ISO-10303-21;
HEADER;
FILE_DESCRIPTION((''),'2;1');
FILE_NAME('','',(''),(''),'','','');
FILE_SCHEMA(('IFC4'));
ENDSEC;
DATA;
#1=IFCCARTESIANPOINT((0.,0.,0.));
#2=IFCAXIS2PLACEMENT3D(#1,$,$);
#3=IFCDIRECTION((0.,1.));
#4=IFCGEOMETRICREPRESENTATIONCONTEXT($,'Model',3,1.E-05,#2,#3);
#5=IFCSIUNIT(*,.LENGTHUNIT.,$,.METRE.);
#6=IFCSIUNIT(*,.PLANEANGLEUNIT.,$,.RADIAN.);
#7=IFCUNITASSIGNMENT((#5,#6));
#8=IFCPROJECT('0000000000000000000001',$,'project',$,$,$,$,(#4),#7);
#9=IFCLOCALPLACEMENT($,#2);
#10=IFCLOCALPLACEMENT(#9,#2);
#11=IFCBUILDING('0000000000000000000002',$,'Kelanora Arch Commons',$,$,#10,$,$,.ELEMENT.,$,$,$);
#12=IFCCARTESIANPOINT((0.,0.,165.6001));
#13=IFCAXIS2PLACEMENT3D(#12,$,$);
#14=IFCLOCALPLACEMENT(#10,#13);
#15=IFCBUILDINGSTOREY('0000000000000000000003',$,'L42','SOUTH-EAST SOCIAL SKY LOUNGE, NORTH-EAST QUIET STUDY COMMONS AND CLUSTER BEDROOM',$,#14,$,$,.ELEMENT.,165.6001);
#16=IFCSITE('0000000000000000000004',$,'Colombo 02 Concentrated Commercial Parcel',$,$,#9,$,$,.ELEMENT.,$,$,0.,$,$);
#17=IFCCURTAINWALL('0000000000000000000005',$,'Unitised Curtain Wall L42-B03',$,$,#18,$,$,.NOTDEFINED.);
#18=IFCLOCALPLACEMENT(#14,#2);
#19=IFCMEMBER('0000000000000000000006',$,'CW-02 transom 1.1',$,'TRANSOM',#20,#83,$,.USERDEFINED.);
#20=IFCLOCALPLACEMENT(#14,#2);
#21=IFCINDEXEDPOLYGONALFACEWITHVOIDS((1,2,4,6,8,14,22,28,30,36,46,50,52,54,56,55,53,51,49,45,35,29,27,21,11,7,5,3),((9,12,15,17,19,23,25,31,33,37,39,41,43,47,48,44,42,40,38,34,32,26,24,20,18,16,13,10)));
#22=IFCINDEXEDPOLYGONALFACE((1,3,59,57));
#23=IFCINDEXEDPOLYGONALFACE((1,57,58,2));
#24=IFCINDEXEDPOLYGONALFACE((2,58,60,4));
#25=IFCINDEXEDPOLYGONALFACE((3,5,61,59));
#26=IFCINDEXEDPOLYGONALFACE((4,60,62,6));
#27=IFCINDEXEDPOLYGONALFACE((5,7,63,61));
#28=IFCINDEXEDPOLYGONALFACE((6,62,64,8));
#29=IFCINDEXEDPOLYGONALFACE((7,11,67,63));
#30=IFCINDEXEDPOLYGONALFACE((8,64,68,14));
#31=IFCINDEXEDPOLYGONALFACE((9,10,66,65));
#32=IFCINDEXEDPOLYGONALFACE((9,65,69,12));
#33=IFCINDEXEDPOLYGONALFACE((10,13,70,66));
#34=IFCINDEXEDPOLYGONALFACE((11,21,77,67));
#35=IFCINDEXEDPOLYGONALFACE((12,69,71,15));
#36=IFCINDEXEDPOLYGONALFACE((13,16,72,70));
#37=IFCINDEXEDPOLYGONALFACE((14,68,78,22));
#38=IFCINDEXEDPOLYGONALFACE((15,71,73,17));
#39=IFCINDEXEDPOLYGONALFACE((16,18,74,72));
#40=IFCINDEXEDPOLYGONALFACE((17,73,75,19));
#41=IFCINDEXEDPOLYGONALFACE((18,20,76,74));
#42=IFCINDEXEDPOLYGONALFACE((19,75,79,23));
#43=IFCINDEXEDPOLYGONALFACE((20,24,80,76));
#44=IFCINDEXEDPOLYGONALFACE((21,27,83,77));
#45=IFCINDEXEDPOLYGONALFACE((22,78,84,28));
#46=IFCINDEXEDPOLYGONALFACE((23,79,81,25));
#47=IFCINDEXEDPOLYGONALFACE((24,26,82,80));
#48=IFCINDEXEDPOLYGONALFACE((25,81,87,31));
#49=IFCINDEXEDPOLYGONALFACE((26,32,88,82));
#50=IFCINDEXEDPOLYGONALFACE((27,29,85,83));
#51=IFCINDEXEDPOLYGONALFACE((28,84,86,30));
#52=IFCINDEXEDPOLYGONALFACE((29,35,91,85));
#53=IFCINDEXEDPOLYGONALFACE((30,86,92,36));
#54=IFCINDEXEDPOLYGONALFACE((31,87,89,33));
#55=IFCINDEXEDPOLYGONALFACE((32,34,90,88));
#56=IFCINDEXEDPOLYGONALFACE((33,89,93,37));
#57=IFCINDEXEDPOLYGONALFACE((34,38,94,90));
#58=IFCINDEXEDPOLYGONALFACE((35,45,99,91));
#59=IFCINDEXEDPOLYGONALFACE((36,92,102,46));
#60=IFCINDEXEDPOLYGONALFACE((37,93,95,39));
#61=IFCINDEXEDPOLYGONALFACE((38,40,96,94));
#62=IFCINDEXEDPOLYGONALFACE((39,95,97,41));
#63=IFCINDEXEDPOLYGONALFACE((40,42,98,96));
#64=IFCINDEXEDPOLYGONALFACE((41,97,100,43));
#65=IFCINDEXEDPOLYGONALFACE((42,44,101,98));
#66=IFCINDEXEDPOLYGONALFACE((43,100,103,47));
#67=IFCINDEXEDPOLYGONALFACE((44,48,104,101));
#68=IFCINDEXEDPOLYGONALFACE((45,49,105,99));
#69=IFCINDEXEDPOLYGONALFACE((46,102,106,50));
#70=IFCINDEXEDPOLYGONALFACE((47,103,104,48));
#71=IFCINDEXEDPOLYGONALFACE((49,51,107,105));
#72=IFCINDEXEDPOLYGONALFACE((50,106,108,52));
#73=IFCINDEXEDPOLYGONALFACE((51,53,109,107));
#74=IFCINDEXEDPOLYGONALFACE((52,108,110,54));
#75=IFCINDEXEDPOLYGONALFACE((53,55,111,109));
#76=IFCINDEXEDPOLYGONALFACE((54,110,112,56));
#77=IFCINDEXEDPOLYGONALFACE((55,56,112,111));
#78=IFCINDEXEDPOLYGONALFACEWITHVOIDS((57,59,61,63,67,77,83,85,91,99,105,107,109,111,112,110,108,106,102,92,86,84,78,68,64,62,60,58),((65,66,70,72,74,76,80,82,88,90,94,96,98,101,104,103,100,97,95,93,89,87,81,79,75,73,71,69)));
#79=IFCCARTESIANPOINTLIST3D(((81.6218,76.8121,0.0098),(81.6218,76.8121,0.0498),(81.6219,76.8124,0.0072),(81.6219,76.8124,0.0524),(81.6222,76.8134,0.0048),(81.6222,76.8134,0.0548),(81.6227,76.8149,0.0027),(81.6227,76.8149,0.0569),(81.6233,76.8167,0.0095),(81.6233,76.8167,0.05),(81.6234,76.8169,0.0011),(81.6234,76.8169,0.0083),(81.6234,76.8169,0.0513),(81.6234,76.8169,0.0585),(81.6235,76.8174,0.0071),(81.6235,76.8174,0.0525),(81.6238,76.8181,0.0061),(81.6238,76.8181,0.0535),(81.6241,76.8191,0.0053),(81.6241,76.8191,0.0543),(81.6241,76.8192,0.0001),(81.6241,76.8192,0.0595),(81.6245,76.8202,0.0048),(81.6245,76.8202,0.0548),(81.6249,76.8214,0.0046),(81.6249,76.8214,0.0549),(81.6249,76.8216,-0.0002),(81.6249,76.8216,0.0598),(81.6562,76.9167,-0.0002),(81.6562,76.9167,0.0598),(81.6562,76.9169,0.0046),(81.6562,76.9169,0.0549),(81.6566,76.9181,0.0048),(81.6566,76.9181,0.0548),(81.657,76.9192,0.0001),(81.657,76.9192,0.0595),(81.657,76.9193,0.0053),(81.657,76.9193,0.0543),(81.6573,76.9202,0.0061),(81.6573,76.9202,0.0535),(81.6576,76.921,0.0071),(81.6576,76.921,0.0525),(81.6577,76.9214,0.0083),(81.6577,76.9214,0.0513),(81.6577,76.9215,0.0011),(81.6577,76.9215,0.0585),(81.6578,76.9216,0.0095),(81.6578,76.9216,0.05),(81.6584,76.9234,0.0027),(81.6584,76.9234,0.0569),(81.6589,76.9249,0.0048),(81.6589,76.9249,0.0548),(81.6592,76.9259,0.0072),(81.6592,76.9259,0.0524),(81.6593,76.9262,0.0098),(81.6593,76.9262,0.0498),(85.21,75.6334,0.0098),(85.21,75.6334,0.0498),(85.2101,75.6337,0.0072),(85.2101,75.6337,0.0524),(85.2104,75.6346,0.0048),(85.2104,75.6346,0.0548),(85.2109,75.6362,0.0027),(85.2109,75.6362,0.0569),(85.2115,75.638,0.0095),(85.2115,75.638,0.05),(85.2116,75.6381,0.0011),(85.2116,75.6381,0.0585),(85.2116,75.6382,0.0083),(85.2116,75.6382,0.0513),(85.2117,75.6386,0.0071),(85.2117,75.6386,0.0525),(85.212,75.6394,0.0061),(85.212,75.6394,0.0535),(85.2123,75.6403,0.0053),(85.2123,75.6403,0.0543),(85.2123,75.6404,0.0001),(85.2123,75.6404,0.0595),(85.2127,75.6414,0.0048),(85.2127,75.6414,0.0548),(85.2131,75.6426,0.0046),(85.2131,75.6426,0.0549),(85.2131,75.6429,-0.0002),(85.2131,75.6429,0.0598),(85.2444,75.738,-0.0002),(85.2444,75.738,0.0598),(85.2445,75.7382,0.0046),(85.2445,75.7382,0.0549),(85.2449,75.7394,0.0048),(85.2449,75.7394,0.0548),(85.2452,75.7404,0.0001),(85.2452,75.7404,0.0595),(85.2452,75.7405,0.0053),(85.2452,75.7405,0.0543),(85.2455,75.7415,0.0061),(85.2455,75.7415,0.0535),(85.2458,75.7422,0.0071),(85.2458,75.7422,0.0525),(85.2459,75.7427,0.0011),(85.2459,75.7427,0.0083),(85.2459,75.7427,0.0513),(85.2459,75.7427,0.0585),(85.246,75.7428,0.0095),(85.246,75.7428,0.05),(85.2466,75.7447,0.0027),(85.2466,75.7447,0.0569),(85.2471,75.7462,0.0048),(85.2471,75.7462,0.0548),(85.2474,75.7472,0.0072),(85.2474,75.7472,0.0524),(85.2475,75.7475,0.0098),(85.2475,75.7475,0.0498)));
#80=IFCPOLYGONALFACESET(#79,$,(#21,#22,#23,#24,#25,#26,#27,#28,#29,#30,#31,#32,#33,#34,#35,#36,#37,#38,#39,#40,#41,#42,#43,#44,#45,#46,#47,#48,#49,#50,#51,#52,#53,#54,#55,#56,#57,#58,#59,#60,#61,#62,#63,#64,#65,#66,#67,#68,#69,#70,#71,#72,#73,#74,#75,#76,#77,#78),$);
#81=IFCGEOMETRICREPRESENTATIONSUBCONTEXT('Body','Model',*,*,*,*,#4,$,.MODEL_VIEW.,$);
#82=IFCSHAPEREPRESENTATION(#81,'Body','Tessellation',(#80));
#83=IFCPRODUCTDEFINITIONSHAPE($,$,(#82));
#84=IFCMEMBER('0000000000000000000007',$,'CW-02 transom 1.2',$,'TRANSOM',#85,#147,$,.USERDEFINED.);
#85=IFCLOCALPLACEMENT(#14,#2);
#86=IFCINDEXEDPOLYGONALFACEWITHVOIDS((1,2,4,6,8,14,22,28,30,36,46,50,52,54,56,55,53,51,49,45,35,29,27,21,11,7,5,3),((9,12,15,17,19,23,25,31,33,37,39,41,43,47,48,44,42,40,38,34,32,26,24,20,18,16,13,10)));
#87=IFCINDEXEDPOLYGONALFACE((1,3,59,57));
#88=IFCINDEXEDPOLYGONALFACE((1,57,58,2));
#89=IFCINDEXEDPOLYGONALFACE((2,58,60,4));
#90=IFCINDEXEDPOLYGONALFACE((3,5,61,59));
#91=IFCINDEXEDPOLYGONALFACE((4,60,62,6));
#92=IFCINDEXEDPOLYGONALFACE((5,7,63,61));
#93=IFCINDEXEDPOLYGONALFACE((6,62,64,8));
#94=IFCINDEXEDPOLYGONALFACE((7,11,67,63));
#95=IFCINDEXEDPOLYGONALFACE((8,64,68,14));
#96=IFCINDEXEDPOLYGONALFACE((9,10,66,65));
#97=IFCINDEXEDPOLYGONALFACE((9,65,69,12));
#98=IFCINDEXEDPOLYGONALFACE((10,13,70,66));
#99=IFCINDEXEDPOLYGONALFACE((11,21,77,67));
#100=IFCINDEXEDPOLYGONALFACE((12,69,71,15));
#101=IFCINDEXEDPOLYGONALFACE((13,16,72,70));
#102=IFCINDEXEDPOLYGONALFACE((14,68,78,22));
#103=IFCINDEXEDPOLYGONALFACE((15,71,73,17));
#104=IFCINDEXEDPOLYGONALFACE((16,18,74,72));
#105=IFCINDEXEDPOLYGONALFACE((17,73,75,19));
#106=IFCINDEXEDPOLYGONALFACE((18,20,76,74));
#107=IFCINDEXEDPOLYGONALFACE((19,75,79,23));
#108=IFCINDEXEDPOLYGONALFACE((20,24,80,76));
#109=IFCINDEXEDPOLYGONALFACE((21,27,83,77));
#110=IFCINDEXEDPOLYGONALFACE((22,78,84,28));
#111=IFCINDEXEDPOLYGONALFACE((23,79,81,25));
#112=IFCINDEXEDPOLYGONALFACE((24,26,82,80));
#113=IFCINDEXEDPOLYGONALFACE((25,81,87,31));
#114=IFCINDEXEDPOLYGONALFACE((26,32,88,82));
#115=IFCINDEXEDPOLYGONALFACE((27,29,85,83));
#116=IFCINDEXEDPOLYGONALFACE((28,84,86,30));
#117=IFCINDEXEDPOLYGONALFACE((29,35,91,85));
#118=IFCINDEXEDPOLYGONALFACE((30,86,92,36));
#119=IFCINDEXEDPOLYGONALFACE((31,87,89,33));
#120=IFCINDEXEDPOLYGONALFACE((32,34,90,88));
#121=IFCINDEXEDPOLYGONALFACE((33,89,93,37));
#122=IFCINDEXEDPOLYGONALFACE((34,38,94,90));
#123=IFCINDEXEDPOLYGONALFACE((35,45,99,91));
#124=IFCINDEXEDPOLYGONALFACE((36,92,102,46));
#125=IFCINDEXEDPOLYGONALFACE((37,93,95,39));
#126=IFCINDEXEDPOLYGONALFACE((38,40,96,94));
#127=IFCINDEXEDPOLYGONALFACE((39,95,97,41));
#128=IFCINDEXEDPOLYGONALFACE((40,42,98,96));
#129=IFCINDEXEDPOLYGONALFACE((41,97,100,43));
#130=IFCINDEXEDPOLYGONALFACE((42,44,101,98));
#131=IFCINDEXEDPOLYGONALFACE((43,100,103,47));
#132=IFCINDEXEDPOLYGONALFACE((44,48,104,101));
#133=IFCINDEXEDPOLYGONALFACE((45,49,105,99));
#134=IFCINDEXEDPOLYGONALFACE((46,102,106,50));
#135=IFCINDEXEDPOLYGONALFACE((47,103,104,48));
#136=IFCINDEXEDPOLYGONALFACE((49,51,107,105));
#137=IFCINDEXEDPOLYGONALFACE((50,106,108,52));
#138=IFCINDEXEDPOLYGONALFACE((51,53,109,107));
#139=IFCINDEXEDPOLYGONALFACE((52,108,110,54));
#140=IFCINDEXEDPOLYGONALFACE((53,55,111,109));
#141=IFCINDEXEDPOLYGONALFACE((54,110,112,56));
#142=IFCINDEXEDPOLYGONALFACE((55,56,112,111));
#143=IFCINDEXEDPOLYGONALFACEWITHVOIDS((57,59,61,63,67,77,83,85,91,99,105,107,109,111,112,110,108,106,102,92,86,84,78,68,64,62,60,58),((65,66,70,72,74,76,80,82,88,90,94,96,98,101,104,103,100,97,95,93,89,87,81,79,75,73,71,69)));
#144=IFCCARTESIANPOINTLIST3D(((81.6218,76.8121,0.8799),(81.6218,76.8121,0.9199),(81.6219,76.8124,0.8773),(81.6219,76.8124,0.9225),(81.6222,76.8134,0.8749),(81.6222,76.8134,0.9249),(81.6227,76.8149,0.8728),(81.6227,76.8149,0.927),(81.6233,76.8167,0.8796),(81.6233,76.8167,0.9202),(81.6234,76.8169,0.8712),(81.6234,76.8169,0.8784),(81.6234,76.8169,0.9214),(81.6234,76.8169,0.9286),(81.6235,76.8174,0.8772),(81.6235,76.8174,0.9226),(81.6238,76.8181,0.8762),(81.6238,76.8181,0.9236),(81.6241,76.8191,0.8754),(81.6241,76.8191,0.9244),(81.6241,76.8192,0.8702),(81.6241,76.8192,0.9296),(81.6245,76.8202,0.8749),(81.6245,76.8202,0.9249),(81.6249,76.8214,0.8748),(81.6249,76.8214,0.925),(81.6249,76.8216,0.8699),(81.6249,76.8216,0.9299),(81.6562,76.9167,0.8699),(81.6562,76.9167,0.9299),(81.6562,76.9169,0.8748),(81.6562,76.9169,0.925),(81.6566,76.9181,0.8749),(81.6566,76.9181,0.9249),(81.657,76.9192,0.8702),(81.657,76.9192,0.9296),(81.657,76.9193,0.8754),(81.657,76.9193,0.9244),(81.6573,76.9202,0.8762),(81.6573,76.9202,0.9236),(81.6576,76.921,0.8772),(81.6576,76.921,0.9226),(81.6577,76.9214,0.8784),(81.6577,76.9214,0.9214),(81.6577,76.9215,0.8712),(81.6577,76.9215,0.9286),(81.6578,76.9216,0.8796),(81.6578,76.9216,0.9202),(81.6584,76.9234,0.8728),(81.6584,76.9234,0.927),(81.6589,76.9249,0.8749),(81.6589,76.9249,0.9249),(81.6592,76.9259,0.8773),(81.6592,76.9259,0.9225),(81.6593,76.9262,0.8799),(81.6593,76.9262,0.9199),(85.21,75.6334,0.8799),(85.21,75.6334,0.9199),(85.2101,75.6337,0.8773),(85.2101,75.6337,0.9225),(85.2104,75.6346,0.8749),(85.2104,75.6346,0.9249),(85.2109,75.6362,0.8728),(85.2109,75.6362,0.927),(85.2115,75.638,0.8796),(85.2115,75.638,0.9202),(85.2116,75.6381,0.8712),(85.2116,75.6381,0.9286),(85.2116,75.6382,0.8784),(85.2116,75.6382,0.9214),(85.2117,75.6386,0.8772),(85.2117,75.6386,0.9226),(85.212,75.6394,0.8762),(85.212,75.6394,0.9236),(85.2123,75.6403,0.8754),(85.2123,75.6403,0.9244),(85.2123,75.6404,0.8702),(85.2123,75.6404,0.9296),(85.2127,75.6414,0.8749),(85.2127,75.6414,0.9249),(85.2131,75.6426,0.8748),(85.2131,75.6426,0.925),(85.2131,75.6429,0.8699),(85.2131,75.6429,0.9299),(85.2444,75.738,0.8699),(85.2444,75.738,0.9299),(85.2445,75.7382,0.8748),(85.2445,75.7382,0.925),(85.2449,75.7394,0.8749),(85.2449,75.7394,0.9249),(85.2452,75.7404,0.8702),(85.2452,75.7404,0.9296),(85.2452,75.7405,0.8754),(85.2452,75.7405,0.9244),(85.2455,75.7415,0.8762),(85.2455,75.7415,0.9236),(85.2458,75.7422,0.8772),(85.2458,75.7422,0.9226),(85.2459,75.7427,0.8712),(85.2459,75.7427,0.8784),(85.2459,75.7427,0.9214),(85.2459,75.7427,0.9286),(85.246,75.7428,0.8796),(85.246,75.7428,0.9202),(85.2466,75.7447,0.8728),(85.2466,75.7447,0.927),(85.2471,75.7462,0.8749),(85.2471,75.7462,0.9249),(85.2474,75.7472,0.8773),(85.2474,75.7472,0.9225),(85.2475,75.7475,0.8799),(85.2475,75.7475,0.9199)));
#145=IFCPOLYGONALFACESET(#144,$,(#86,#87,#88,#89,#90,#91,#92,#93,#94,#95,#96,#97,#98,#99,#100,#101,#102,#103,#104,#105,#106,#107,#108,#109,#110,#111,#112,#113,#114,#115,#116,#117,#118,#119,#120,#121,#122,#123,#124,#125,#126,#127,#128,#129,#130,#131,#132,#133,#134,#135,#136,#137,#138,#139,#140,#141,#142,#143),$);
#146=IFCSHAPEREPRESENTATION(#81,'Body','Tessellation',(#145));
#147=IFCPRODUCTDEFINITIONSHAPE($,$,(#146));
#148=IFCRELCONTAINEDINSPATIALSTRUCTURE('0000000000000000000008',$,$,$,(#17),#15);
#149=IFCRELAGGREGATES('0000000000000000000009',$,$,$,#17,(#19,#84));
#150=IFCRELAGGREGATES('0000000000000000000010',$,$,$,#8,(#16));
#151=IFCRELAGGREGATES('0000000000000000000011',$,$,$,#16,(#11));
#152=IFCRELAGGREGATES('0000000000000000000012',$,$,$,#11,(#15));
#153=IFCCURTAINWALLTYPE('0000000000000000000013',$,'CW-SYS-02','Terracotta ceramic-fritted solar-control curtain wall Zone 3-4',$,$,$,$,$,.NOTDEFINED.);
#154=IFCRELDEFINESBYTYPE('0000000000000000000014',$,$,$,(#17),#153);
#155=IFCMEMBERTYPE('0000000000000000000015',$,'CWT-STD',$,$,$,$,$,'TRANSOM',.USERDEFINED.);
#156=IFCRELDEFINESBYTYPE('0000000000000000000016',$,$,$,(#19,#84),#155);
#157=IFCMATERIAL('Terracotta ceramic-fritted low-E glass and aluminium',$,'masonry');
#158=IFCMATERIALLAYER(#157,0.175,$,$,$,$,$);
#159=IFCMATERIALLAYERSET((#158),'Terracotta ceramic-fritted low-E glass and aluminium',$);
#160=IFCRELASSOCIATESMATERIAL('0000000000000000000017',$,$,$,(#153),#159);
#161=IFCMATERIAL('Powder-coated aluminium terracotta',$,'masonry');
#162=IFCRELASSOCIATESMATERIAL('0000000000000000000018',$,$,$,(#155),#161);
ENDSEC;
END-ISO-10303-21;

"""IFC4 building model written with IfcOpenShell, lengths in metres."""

from ifc_helpers import new_model, si_unit, direction, frame, origin, origin_2d, place, context, subcontext, project, spatial, hollow_rectangle, extrude, material, layer, layer_set, material_profile, profile_set, type_object, element, aggregate, save


model = new_model("IFC4")

# Units and contexts
model_context = context("Model", 3, precision=1e-05, world=origin(), true_north=direction((0.0, 1.0)))
body_context = subcontext(model_context, "Body", "Model", "MODEL_VIEW")
ifc_project = project(units=[si_unit("LENGTHUNIT", "METRE"), si_unit("PLANEANGLEUNIT", "RADIAN")], contexts=[model_context])

# Site, building, storey
site_placement = place(None, origin())
site = spatial("IfcSite", under=ifc_project, at=site_placement, Name="Colombo 02 Concentrated Commercial Parcel", CompositionType="ELEMENT", RefElevation=0.0)
building_placement = place(site_placement, origin())
building = spatial("IfcBuilding", under=site, at=building_placement, Name="Kelanora Arch Commons", CompositionType="ELEMENT")
storey_placement = place(building_placement, frame((0.0, 0.0, 165.6001)))
storey = spatial("IfcBuildingStorey", under=building, at=storey_placement, Name="L42", Description="SOUTH-EAST SOCIAL SKY LOUNGE, NORTH-EAST QUIET STUDY COMMONS AND CLUSTER BEDROOM", CompositionType="ELEMENT", Elevation=165.6001)

# Shared definitions
ifc_material_1 = material(Name="Terracotta ceramic-fritted low-E glass and aluminium", Category="masonry")
ifc_layer_1 = layer(ifc_material_1, 0.175)
ifc_layer_set_1 = layer_set([ifc_layer_1], Name="Terracotta ceramic-fritted low-E glass and aluminium")
curtain_wall_type = type_object("IfcCurtainWallType", Name="CW-SYS-02", Description="Terracotta ceramic-fritted solar-control curtain wall Zone 3-4", PredefinedType="NOTDEFINED", material=ifc_layer_set_1)
ifc_material_2 = material(Name="Powder-coated aluminium terracotta", Category="masonry")

# Curtain wall, members
curtain_wall_1_placement = place(storey_placement, origin())
curtain_wall_1 = element("IfcCurtainWall", 1, at=curtain_wall_1_placement, inside=storey, type_object=curtain_wall_type, Name="Unitised Curtain Wall L42-B03", PredefinedType="NOTDEFINED")
ifc_material_profile_1 = material_profile(ifc_material_2, hollow_rectangle(XDim=0.1201, YDim=0.0601, WallThickness=0.0049, InnerFilletRadius=0.0049, OuterFilletRadius=0.01, at=origin_2d()), Name="CWT120x60")
ifc_profile_set_1 = profile_set([ifc_material_profile_1], Name="Powder-coated aluminium terracotta")
member_type_1 = type_object("IfcMemberType", Name="CWT-STD", ElementType="TRANSOM", PredefinedType="USERDEFINED", material=ifc_profile_set_1)
member_1_placement = place(storey_placement, frame((85.2288, 75.6904, 0.0298), z_axis=(-0.950051, 0.312094, 0.0), x_axis=(-0.312094, -0.950051, 0.0)))
member_1 = element("IfcMember", 2, at=member_1_placement, type_object=member_type_1, Name="CW-02 transom 1.1", ObjectType="TRANSOM", PredefinedType="USERDEFINED", context=body_context, shape_type="SweptSolid", body=[
    extrude(hollow_rectangle(XDim=0.1201, YDim=0.0601, WallThickness=0.0049, InnerFilletRadius=0.0049, OuterFilletRadius=0.01, at=origin_2d()), origin(), (0.0, 0.0, 1.0), 3.7769),
])
member_2_placement = place(storey_placement, frame((85.2288, 75.6904, 0.8999), z_axis=(-0.950051, 0.312094, 0.0), x_axis=(-0.312094, -0.950051, 0.0)))
member_2 = element("IfcMember", 3, at=member_2_placement, type_object=member_type_1, Name="CW-02 transom 1.2", ObjectType="TRANSOM", PredefinedType="USERDEFINED", context=body_context, shape_type="SweptSolid", body=[
    extrude(hollow_rectangle(XDim=0.1201, YDim=0.0601, WallThickness=0.0049, InnerFilletRadius=0.0049, OuterFilletRadius=0.01, at=origin_2d()), origin(), (0.0, 0.0, 1.0), 3.7769),
])
aggregate(curtain_wall_1, [member_1, member_2])

save(model, "model.ifc")
